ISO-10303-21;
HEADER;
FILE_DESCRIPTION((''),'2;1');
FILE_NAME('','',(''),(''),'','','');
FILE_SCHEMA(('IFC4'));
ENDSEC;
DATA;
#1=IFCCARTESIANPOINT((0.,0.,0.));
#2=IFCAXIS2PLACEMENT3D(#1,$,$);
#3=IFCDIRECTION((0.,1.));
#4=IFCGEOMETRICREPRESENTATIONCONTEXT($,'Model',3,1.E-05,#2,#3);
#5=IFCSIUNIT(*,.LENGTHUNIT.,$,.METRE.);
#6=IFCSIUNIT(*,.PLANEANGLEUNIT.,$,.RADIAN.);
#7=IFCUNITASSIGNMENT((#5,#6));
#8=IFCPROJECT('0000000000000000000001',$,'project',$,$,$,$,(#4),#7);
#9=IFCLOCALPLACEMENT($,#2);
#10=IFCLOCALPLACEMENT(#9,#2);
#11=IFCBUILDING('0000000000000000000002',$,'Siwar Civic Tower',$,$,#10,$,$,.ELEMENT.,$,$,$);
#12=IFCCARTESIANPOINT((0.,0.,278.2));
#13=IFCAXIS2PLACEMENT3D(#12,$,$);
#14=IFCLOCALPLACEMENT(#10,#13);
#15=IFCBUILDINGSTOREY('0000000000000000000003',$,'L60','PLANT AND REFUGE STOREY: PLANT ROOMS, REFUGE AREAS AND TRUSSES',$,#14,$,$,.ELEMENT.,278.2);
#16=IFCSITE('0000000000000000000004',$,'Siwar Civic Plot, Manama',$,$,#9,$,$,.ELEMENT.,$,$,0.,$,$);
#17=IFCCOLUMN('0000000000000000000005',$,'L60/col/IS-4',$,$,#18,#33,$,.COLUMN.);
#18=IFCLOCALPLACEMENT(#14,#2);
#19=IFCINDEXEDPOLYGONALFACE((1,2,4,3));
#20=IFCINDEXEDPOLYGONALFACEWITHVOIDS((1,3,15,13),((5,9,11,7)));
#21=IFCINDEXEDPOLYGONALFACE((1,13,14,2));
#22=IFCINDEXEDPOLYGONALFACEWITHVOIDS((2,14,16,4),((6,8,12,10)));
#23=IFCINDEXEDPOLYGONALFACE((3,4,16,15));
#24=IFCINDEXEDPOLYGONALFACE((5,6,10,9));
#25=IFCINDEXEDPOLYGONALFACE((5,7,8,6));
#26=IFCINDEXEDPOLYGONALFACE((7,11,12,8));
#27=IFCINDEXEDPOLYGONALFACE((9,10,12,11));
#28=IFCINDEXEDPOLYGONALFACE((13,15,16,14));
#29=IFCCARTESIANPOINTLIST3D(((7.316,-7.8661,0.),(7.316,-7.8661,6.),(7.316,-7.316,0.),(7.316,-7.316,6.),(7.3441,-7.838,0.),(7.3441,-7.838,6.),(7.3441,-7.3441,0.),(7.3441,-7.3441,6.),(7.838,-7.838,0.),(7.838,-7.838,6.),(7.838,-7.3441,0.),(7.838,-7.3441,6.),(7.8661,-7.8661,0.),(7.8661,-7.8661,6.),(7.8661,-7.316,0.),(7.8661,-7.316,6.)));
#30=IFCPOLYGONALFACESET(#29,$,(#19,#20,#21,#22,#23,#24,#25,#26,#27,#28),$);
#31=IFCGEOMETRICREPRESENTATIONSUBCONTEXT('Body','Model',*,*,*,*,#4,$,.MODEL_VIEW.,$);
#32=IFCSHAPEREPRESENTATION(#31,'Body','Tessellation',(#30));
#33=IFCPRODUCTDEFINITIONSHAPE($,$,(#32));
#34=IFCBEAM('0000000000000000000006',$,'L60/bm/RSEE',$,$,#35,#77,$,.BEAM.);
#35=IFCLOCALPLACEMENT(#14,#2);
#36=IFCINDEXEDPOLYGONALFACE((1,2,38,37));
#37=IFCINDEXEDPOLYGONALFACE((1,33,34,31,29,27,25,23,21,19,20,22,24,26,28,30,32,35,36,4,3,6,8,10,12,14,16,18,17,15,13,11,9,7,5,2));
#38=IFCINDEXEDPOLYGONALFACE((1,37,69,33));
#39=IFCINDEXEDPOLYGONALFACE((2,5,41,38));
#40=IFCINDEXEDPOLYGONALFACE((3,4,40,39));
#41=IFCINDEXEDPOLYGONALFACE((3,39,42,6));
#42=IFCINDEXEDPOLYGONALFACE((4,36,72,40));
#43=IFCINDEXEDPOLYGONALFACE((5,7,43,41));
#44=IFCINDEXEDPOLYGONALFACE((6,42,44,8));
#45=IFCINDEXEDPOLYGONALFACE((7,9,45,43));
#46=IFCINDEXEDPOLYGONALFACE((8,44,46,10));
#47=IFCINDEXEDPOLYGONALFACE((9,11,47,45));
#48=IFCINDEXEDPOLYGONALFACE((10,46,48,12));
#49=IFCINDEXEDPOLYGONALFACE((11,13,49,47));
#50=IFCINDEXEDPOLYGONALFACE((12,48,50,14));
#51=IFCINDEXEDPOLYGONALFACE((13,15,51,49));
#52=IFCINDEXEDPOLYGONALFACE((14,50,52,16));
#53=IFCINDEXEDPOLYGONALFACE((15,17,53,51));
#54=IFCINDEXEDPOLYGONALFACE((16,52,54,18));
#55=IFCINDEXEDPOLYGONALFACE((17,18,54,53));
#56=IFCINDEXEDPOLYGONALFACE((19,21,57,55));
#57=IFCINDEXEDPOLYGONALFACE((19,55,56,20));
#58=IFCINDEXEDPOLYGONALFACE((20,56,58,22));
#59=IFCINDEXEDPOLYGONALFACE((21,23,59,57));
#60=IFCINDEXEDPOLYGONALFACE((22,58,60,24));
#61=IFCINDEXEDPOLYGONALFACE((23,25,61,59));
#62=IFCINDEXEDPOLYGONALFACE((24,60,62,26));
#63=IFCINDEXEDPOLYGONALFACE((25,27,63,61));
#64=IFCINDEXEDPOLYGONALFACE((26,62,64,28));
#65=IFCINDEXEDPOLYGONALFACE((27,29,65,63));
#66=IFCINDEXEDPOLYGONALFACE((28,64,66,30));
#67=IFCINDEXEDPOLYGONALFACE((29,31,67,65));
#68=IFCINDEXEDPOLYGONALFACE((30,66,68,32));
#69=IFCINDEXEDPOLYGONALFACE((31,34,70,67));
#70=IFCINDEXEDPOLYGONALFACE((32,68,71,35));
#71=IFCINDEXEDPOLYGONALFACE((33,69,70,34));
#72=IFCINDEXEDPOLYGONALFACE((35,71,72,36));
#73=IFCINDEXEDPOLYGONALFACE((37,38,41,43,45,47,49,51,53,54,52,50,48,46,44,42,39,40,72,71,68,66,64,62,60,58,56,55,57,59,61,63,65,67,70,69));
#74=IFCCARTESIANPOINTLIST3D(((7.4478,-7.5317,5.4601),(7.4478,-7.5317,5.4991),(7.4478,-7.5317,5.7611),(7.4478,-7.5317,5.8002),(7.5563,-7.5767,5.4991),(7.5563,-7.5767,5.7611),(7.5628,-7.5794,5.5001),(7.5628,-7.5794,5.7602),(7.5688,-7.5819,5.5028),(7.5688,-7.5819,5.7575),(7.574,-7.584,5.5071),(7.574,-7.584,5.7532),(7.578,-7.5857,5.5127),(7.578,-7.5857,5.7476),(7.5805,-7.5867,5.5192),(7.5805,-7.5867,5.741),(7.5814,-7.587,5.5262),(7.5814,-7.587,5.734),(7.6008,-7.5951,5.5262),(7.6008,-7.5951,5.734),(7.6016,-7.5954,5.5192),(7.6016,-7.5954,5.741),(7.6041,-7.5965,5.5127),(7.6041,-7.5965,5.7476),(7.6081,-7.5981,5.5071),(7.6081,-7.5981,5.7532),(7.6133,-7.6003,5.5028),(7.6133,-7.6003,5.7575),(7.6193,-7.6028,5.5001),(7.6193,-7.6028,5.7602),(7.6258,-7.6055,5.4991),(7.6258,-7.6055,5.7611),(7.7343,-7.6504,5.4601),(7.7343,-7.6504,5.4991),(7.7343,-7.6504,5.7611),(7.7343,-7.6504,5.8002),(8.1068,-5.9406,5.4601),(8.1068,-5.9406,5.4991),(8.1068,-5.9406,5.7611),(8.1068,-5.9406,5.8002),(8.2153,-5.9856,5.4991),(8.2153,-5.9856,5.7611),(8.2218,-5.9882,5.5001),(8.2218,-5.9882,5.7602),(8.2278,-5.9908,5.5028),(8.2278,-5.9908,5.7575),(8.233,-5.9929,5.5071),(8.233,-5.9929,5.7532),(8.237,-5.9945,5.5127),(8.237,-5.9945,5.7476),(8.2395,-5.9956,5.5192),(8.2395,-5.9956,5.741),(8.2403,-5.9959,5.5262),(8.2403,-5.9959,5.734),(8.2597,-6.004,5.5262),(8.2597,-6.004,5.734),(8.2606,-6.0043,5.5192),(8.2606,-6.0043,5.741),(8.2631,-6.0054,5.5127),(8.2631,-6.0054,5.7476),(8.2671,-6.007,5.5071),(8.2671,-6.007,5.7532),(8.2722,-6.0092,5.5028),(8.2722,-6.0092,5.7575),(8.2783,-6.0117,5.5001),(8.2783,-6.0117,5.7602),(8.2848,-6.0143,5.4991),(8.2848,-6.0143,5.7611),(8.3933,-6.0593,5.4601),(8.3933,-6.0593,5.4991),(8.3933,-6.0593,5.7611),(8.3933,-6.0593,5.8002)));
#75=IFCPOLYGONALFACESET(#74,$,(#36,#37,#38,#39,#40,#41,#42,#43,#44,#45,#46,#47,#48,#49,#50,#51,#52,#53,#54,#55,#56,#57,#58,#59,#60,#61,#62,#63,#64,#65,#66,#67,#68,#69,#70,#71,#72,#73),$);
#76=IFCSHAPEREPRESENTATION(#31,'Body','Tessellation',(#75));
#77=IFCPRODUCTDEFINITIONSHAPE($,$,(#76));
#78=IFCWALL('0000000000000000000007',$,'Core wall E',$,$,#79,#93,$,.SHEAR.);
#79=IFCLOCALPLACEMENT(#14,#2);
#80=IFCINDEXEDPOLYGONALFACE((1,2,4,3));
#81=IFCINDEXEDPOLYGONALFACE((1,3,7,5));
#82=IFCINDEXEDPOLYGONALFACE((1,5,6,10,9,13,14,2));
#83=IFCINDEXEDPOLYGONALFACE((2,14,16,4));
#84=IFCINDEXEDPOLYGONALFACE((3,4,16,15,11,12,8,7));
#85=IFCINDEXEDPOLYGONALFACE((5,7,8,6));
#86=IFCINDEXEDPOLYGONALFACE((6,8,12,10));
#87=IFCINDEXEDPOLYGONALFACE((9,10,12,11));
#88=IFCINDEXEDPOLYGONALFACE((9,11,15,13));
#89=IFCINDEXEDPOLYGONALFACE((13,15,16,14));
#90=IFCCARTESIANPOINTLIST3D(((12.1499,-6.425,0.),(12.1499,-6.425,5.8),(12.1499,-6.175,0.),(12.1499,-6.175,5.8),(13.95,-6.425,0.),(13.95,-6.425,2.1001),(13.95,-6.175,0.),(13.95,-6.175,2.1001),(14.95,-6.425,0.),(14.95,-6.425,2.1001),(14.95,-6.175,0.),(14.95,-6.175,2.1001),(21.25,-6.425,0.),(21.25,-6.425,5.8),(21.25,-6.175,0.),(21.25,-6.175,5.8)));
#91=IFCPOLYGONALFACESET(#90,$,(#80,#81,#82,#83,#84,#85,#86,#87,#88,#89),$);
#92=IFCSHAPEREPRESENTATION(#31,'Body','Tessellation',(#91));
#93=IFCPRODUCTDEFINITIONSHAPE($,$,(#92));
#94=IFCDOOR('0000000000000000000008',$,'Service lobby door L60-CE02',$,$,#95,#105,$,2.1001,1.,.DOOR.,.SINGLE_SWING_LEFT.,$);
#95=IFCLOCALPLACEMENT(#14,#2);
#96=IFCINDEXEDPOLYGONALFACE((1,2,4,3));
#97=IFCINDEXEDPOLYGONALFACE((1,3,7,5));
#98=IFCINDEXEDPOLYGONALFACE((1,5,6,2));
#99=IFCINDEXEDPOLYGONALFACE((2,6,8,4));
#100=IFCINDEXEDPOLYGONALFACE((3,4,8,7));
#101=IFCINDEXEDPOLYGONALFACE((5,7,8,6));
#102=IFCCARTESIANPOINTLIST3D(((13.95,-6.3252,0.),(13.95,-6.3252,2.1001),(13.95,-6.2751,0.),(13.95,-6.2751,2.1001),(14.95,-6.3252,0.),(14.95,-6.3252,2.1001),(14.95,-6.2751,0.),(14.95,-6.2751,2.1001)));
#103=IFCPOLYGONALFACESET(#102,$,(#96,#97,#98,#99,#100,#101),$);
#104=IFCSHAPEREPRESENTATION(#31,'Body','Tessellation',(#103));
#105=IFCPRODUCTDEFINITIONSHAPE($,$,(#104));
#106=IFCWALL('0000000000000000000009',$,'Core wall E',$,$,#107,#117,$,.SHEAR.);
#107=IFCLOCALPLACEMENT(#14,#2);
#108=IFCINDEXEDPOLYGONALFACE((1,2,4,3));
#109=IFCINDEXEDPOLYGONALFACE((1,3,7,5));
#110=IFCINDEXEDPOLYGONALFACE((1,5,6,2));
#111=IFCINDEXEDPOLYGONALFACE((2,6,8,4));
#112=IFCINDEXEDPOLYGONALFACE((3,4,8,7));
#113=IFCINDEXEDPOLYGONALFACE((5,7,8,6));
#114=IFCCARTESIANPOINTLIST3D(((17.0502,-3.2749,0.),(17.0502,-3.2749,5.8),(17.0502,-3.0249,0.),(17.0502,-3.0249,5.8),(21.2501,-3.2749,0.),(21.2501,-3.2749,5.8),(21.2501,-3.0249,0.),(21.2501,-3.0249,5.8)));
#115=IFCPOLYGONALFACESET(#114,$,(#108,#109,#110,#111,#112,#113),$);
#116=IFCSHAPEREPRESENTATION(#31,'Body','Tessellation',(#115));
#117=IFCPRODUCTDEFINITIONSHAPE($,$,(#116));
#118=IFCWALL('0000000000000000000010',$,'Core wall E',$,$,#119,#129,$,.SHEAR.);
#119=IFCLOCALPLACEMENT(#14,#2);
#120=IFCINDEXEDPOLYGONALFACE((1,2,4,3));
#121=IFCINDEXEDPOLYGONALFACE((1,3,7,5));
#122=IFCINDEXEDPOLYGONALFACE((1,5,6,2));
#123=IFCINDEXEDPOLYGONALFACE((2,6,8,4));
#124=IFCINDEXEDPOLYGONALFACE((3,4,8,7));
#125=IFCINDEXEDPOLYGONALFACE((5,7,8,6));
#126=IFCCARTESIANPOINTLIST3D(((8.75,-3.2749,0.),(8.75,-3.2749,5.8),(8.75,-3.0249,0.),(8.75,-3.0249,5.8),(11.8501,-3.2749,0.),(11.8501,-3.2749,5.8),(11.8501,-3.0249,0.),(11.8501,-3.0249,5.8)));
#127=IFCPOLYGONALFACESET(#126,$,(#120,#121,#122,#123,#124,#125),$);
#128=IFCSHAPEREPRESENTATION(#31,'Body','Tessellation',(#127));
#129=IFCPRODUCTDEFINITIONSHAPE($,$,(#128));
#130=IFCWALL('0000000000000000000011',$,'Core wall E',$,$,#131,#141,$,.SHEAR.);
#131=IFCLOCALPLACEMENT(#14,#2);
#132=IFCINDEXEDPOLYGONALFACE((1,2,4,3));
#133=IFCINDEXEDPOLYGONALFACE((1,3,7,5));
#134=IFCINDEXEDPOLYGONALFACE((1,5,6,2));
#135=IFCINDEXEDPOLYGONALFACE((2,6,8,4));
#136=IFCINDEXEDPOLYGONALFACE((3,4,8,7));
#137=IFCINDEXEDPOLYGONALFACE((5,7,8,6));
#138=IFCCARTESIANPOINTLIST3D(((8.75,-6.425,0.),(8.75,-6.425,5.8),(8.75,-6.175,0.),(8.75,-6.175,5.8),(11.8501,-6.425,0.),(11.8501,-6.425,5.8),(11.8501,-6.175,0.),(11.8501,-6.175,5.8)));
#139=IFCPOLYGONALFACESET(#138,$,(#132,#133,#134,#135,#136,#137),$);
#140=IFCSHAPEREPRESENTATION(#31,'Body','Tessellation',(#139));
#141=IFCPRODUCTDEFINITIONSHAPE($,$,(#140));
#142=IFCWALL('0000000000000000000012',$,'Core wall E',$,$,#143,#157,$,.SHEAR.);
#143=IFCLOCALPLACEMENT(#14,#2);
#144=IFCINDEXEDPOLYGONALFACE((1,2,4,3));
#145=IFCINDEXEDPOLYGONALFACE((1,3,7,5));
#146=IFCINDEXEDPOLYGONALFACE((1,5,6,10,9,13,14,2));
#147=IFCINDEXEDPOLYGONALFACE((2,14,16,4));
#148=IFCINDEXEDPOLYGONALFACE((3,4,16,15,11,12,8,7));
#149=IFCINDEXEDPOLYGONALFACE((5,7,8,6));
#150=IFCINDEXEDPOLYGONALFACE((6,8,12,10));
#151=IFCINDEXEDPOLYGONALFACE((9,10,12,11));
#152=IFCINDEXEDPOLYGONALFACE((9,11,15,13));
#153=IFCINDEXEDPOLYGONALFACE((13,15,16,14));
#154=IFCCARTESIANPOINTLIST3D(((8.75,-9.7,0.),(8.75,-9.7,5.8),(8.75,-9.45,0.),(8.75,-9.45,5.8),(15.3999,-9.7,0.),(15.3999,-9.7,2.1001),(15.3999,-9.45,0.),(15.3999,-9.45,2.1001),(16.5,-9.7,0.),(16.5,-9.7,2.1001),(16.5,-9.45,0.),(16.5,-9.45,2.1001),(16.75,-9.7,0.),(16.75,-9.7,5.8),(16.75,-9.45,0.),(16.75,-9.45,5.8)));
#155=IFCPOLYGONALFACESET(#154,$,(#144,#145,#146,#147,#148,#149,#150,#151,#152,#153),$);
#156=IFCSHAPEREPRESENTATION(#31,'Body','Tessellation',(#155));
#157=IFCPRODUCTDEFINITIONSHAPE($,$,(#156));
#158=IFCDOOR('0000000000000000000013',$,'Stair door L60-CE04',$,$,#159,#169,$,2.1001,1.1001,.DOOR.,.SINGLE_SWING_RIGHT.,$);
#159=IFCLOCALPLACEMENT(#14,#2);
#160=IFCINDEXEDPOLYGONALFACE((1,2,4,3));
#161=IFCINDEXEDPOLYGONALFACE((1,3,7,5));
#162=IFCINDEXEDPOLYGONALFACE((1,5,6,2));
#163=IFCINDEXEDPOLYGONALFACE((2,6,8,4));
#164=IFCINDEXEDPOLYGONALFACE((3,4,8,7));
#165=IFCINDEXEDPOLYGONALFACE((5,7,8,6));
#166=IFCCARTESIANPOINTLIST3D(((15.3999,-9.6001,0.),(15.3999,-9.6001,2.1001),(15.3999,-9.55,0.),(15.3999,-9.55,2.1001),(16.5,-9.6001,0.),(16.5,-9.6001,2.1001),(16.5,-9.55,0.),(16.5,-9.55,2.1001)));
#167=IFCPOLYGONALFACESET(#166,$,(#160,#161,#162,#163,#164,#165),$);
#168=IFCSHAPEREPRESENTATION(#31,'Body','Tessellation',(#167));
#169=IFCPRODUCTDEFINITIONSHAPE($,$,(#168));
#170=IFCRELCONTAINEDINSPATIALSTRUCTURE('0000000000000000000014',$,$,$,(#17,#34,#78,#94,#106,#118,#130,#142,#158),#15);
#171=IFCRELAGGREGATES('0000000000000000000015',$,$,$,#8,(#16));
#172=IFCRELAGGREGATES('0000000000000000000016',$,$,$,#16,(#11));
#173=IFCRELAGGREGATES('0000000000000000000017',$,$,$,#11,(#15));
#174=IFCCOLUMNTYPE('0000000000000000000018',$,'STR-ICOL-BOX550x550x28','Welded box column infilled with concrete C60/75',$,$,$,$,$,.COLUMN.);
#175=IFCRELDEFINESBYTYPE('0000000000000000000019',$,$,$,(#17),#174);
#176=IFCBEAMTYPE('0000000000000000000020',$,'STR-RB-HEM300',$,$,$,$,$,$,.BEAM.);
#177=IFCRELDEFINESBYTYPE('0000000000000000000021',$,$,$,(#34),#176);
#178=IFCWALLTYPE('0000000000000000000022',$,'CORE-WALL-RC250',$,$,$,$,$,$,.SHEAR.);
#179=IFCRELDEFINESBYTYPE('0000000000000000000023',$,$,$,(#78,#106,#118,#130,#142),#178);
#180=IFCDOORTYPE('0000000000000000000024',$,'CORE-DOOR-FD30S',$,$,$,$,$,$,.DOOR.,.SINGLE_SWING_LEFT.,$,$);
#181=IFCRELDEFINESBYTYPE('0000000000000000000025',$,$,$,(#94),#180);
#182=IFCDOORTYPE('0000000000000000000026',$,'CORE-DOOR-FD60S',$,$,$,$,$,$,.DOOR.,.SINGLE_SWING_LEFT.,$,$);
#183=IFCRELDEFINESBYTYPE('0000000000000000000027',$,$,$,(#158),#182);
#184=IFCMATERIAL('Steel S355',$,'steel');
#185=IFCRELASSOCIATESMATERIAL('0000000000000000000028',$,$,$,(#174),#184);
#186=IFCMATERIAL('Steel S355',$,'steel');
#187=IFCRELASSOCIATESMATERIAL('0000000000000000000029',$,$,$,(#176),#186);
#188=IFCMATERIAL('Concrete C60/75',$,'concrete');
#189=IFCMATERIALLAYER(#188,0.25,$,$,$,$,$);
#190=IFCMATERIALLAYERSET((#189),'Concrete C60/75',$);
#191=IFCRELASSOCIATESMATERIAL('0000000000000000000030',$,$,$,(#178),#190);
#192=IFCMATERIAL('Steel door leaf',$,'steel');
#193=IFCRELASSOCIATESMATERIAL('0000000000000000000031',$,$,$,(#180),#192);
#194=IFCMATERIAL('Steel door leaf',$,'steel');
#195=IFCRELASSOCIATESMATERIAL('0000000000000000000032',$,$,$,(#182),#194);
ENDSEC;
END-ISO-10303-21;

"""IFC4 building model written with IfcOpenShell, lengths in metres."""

from ifc_helpers import new_model, si_unit, direction, frame, frame_2d, origin, origin_2d, place, context, subcontext, project, spatial, rectangle, hollow_rectangle, i_section, extrude, material, layer, layer_set, material_profile, profile_set, type_object, element, fill, save


model = new_model("IFC4")

# Units and contexts
model_context = context("Model", 3, precision=1e-05, world=origin(), true_north=direction((0.0, 1.0)))
body_context = subcontext(model_context, "Body", "Model", "MODEL_VIEW")
ifc_project = project(units=[si_unit("LENGTHUNIT", "METRE"), si_unit("PLANEANGLEUNIT", "RADIAN")], contexts=[model_context])

# Site, building, storey
site_placement = place(None, origin())
site = spatial("IfcSite", under=ifc_project, at=site_placement, Name="Siwar Civic Plot, Manama", CompositionType="ELEMENT", RefElevation=0.0)
building_placement = place(site_placement, origin())
building = spatial("IfcBuilding", under=site, at=building_placement, Name="Siwar Civic Tower", CompositionType="ELEMENT")
storey_placement = place(building_placement, frame((0.0, 0.0, 278.2)))
storey = spatial("IfcBuildingStorey", under=building, at=storey_placement, Name="L60", Description="PLANT AND REFUGE STOREY: PLANT ROOMS, REFUGE AREAS AND TRUSSES", CompositionType="ELEMENT", Elevation=278.2)

# Column
ifc_material_1 = material(Name="Steel S355", Category="steel")
ifc_material_profile_1 = material_profile(ifc_material_1, hollow_rectangle(XDim=0.55, YDim=0.55, WallThickness=0.0281, at=origin_2d()), Name="BOX550x550x28")
ifc_profile_set_1 = profile_set([ifc_material_profile_1], Name="Steel S355")
column_type = type_object("IfcColumnType", Name="STR-ICOL-BOX550x550x28", Description="Welded box column infilled with concrete C60/75", PredefinedType="COLUMN", material=ifc_profile_set_1)
column_placement = place(storey_placement, frame((7.5911, -7.5911, 0.0), z_axis=(0.0, 0.0, 1.0), x_axis=(1.0, 0.0, 0.0)))
element("IfcColumn", 1, at=column_placement, inside=storey, type_object=column_type, Name="L60/col/IS-4", PredefinedType="COLUMN", context=body_context, shape_type="SweptSolid", body=[
    extrude(hollow_rectangle(XDim=0.55, YDim=0.55, WallThickness=0.0281, at=origin_2d()), origin(), (0.0, 0.0, 1.0), 6.0),
])

# Beam
ifc_material_2 = material(Name="Steel S355", Category="steel")
ifc_material_profile_2 = material_profile(ifc_material_2, i_section(OverallWidth=0.3101, OverallDepth=0.3401, WebThickness=0.021, FlangeThickness=0.0391, FilletRadius=0.0271, at=origin_2d()), Name="HEM300")
ifc_profile_set_2 = profile_set([ifc_material_profile_2], Name="Steel S355")
beam_type = type_object("IfcBeamType", Name="STR-RB-HEM300", PredefinedType="BEAM", material=ifc_profile_set_2)
beam_placement = place(storey_placement, frame((7.5911, -7.5911, 5.6301), z_axis=(0.382631, 0.923901, 0.0), x_axis=(-0.923901, 0.382631, 0.0)))
element("IfcBeam", 2, at=beam_placement, inside=storey, type_object=beam_type, Name="L60/bm/RSEE", PredefinedType="BEAM", context=body_context, shape_type="SweptSolid", body=[
    extrude(i_section(OverallWidth=0.3101, OverallDepth=0.3401, WebThickness=0.021, FlangeThickness=0.0391, FilletRadius=0.0271, at=origin_2d()), origin(), (0.0, 0.0, 1.0), 1.7222),
])

# Wall, opening, door
ifc_material_3 = material(Name="Concrete C60/75", Category="concrete")
ifc_layer_1 = layer(ifc_material_3, 0.25)
ifc_layer_set_1 = layer_set([ifc_layer_1], Name="Concrete C60/75")
wall_type_1 = type_object("IfcWallType", Name="CORE-WALL-RC250", PredefinedType="SHEAR", material=ifc_layer_set_1)
wall_1_placement = place(storey_placement, frame((12.1499, -6.3, 0.0), z_axis=(0.0, 0.0, 1.0), x_axis=(1.0, 0.0, 0.0)))
wall_1 = element("IfcWall", 3, at=wall_1_placement, inside=storey, type_object=wall_type_1, Name="Core wall E", PredefinedType="SHEAR", context=body_context, shape_type="SweptSolid", body=[
    extrude(rectangle(XDim=9.1001, YDim=0.25, at=frame_2d((4.55, 0.0))), origin(), (0.0, 0.0, 1.0), 5.8),
])
opening_1_placement = place(wall_1_placement, frame((1.8, 0.0, 0.0)))
opening_1 = element("IfcOpeningElement", 4, at=opening_1_placement, cuts=wall_1, PredefinedType="OPENING", context=body_context, shape_type="SweptSolid", body=[
    extrude(rectangle(XDim=1.0, YDim=2.1001, at=frame_2d((0.5, 1.05))), frame((0.0, 0.135, 0.0), z_axis=(0.0, -1.0, 0.0), x_axis=(1.0, 0.0, 0.0)), (0.0, 0.0, 1.0), 0.27),
])
ifc_material_4 = material(Name="Steel door leaf", Category="steel")
door_type_1 = type_object("IfcDoorType", Name="CORE-DOOR-FD30S", OperationType="SINGLE_SWING_LEFT", PredefinedType="DOOR", material=ifc_material_4)
door_1_placement = place(opening_1_placement, origin())
door_1 = element("IfcDoor", 5, at=door_1_placement, inside=storey, type_object=door_type_1, Name="Service lobby door L60-CE02", OperationType="SINGLE_SWING_LEFT", OverallHeight=2.1001, OverallWidth=1.0, PredefinedType="DOOR", context=body_context, shape_type="SweptSolid", body=[
    extrude(rectangle(XDim=1.0, YDim=2.1001, at=frame_2d((0.5, 1.05))), frame((0.0, 0.0249, 0.0), z_axis=(0.0, -1.0, 0.0), x_axis=(1.0, 0.0, 0.0)), (0.0, 0.0, 1.0), 0.05),
])
fill(opening_1, door_1)

# Walls
wall_2_placement = place(storey_placement, frame((17.05, -3.1499, 0.0), z_axis=(0.0, 0.0, 1.0), x_axis=(1.0, 0.0, 0.0)))
element("IfcWall", 6, at=wall_2_placement, inside=storey, type_object=wall_type_1, Name="Core wall E", PredefinedType="SHEAR", context=body_context, shape_type="SweptSolid", body=[
    extrude(rectangle(XDim=4.2, YDim=0.25, at=frame_2d((2.1001, 0.0))), origin(), (0.0, 0.0, 1.0), 5.8),
])
for number, where, z_axis, x_axis, name in (
    (7, (8.75, -3.1499, 0.0), (0.0, 0.0, 1.0), (1.0, 0.0, 0.0), "Core wall E"),
    (8, (8.75, -6.3, 0.0), (0.0, 0.0, 1.0), (1.0, 0.0, 0.0), "Core wall E"),
):
    element("IfcWall", number, at=place(storey_placement, frame(where, z_axis=z_axis, x_axis=x_axis)), inside=storey, type_object=wall_type_1, Name=name, PredefinedType="SHEAR", context=body_context, shape_type="SweptSolid", body=[
        extrude(rectangle(XDim=3.1001, YDim=0.25, at=frame_2d((1.55, 0.0))), origin(), (0.0, 0.0, 1.0), 5.8),
    ])

# Wall, opening, door
wall_3_placement = place(storey_placement, frame((8.75, -9.575, 0.0), z_axis=(0.0, 0.0, 1.0), x_axis=(1.0, 0.0, 0.0)))
wall_3 = element("IfcWall", 9, at=wall_3_placement, inside=storey, type_object=wall_type_1, Name="Core wall E", PredefinedType="SHEAR", context=body_context, shape_type="SweptSolid", body=[
    extrude(rectangle(XDim=8.0, YDim=0.25, at=frame_2d((4.0, 0.0))), origin(), (0.0, 0.0, 1.0), 5.8),
])
opening_2_placement = place(wall_3_placement, frame((6.6499, 0.0, 0.0)))
opening_2 = element("IfcOpeningElement", 10, at=opening_2_placement, cuts=wall_3, PredefinedType="OPENING", context=body_context, shape_type="SweptSolid", body=[
    extrude(rectangle(XDim=1.1001, YDim=2.1001, at=frame_2d((0.55, 1.05))), frame((0.0, 0.135, 0.0), z_axis=(0.0, -1.0, 0.0), x_axis=(1.0, 0.0, 0.0)), (0.0, 0.0, 1.0), 0.27),
])
ifc_material_5 = material(Name="Steel door leaf", Category="steel")
door_type_2 = type_object("IfcDoorType", Name="CORE-DOOR-FD60S", OperationType="SINGLE_SWING_LEFT", PredefinedType="DOOR", material=ifc_material_5)
door_2_placement = place(opening_2_placement, origin())
door_2 = element("IfcDoor", 11, at=door_2_placement, inside=storey, type_object=door_type_2, Name="Stair door L60-CE04", OperationType="SINGLE_SWING_RIGHT", OverallHeight=2.1001, OverallWidth=1.1001, PredefinedType="DOOR", context=body_context, shape_type="SweptSolid", body=[
    extrude(rectangle(XDim=1.1001, YDim=2.1001, at=frame_2d((0.55, 1.05))), frame((0.0, 0.0249, 0.0), z_axis=(0.0, -1.0, 0.0), x_axis=(1.0, 0.0, 0.0)), (0.0, 0.0, 1.0), 0.05),
])
fill(opening_2, door_2)

save(model, "model.ifc")
